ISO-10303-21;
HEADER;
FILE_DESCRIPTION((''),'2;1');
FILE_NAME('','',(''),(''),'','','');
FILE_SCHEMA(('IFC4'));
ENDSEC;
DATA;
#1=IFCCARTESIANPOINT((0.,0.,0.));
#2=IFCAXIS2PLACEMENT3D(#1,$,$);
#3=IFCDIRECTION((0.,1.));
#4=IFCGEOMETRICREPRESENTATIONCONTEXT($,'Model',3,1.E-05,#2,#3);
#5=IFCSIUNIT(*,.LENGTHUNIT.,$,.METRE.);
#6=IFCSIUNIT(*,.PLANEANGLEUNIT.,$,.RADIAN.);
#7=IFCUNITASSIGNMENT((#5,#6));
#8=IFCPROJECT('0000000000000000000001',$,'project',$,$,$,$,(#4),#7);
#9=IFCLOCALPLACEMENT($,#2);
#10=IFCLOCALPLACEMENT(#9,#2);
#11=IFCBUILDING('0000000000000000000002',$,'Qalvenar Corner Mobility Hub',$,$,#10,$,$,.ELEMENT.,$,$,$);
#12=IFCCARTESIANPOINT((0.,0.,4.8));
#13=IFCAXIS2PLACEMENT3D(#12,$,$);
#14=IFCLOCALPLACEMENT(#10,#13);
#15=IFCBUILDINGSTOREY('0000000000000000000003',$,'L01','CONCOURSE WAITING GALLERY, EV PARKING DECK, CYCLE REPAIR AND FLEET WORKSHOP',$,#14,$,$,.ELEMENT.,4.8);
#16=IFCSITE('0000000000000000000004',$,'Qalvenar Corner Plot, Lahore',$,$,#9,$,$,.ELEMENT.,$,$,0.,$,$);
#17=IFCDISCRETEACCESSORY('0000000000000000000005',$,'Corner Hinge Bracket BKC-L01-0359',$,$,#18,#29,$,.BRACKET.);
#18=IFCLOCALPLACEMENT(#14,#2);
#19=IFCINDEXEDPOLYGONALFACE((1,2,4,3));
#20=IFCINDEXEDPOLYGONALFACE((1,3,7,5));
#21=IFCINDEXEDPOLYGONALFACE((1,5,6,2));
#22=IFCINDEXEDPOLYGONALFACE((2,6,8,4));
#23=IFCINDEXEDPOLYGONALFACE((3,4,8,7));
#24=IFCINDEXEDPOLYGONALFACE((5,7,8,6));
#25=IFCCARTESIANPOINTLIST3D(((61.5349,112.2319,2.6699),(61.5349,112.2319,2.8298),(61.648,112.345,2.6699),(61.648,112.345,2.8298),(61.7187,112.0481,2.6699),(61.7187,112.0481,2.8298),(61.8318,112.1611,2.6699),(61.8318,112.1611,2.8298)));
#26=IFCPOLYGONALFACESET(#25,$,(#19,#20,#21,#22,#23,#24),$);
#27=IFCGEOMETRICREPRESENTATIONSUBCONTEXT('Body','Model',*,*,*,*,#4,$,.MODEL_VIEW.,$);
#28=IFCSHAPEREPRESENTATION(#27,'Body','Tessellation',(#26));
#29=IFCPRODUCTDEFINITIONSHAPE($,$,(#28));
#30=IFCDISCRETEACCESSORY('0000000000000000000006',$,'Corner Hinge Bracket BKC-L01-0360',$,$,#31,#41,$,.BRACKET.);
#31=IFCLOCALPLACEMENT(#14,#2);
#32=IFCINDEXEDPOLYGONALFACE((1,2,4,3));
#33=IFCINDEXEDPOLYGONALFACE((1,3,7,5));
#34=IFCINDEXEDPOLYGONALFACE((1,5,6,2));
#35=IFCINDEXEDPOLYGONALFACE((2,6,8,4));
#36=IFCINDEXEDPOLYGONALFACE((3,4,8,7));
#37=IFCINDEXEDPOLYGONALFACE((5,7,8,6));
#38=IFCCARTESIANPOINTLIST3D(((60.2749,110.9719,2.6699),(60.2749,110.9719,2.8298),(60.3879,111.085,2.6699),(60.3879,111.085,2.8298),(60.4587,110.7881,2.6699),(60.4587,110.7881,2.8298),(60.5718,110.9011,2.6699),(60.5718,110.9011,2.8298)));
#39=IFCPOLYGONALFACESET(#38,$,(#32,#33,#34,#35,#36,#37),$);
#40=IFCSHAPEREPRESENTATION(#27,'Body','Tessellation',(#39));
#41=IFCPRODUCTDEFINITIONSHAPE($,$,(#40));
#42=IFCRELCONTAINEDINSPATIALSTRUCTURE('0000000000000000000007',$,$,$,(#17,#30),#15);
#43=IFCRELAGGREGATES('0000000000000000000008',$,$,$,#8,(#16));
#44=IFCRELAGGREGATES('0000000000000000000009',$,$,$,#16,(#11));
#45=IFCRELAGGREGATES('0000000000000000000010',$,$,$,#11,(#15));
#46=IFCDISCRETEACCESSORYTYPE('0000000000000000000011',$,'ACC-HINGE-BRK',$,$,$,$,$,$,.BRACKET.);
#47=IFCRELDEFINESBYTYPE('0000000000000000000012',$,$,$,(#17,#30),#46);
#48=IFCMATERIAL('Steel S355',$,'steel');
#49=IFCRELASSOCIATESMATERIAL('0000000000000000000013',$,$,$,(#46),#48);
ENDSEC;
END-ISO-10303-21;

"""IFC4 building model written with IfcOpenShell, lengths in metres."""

from ifc_helpers import new_model, si_unit, direction, frame, origin, origin_2d, place, context, subcontext, project, spatial, rectangle, extrude, material, type_object, element, save


model = new_model("IFC4")

# Units and contexts
model_context = context("Model", 3, precision=1e-05, world=origin(), true_north=direction((0.0, 1.0)))
body_context = subcontext(model_context, "Body", "Model", "MODEL_VIEW")
ifc_project = project(units=[si_unit("LENGTHUNIT", "METRE"), si_unit("PLANEANGLEUNIT", "RADIAN")], contexts=[model_context])

# Site, building, storey
site_placement = place(None, origin())
site = spatial("IfcSite", under=ifc_project, at=site_placement, Name="Qalvenar Corner Plot, Lahore", CompositionType="ELEMENT", RefElevation=0.0)
building_placement = place(site_placement, origin())
building = spatial("IfcBuilding", under=site, at=building_placement, Name="Qalvenar Corner Mobility Hub", CompositionType="ELEMENT")
storey_placement = place(building_placement, frame((0.0, 0.0, 4.8)))
storey = spatial("IfcBuildingStorey", under=building, at=storey_placement, Name="L01", Description="CONCOURSE WAITING GALLERY, EV PARKING DECK, CYCLE REPAIR AND FLEET WORKSHOP", CompositionType="ELEMENT", Elevation=4.8)

# Shared definitions
ifc_material_1 = material(Name="Steel S355", Category="steel")

# Discrete accessories
discrete_accessory_type = type_object("IfcDiscreteAccessoryType", Name="ACC-HINGE-BRK", PredefinedType="BRACKET", material=ifc_material_1)
for number, where, z_axis, x_axis, name in (
    (1, (61.6833, 112.1965, 2.6699), (0.0, 0.0, 1.0), (-0.707107, -0.707107, 0.0), "Corner Hinge Bracket BKC-L01-0359"),
    (2, (60.4233, 110.9365, 2.6699), (0.0, 0.0, 1.0), (-0.707107, -0.707107, 0.0), "Corner Hinge Bracket BKC-L01-0360"),
):
    element("IfcDiscreteAccessory", number, at=place(storey_placement, frame(where, z_axis=z_axis, x_axis=x_axis)), inside=storey, type_object=discrete_accessory_type, Name=name, PredefinedType="BRACKET", context=body_context, shape_type="SweptSolid", body=[
        extrude(rectangle(XDim=0.1599, YDim=0.26, at=origin_2d()), origin(), (0.0, 0.0, 1.0), 0.1599),
    ])

save(model, "model.ifc")
